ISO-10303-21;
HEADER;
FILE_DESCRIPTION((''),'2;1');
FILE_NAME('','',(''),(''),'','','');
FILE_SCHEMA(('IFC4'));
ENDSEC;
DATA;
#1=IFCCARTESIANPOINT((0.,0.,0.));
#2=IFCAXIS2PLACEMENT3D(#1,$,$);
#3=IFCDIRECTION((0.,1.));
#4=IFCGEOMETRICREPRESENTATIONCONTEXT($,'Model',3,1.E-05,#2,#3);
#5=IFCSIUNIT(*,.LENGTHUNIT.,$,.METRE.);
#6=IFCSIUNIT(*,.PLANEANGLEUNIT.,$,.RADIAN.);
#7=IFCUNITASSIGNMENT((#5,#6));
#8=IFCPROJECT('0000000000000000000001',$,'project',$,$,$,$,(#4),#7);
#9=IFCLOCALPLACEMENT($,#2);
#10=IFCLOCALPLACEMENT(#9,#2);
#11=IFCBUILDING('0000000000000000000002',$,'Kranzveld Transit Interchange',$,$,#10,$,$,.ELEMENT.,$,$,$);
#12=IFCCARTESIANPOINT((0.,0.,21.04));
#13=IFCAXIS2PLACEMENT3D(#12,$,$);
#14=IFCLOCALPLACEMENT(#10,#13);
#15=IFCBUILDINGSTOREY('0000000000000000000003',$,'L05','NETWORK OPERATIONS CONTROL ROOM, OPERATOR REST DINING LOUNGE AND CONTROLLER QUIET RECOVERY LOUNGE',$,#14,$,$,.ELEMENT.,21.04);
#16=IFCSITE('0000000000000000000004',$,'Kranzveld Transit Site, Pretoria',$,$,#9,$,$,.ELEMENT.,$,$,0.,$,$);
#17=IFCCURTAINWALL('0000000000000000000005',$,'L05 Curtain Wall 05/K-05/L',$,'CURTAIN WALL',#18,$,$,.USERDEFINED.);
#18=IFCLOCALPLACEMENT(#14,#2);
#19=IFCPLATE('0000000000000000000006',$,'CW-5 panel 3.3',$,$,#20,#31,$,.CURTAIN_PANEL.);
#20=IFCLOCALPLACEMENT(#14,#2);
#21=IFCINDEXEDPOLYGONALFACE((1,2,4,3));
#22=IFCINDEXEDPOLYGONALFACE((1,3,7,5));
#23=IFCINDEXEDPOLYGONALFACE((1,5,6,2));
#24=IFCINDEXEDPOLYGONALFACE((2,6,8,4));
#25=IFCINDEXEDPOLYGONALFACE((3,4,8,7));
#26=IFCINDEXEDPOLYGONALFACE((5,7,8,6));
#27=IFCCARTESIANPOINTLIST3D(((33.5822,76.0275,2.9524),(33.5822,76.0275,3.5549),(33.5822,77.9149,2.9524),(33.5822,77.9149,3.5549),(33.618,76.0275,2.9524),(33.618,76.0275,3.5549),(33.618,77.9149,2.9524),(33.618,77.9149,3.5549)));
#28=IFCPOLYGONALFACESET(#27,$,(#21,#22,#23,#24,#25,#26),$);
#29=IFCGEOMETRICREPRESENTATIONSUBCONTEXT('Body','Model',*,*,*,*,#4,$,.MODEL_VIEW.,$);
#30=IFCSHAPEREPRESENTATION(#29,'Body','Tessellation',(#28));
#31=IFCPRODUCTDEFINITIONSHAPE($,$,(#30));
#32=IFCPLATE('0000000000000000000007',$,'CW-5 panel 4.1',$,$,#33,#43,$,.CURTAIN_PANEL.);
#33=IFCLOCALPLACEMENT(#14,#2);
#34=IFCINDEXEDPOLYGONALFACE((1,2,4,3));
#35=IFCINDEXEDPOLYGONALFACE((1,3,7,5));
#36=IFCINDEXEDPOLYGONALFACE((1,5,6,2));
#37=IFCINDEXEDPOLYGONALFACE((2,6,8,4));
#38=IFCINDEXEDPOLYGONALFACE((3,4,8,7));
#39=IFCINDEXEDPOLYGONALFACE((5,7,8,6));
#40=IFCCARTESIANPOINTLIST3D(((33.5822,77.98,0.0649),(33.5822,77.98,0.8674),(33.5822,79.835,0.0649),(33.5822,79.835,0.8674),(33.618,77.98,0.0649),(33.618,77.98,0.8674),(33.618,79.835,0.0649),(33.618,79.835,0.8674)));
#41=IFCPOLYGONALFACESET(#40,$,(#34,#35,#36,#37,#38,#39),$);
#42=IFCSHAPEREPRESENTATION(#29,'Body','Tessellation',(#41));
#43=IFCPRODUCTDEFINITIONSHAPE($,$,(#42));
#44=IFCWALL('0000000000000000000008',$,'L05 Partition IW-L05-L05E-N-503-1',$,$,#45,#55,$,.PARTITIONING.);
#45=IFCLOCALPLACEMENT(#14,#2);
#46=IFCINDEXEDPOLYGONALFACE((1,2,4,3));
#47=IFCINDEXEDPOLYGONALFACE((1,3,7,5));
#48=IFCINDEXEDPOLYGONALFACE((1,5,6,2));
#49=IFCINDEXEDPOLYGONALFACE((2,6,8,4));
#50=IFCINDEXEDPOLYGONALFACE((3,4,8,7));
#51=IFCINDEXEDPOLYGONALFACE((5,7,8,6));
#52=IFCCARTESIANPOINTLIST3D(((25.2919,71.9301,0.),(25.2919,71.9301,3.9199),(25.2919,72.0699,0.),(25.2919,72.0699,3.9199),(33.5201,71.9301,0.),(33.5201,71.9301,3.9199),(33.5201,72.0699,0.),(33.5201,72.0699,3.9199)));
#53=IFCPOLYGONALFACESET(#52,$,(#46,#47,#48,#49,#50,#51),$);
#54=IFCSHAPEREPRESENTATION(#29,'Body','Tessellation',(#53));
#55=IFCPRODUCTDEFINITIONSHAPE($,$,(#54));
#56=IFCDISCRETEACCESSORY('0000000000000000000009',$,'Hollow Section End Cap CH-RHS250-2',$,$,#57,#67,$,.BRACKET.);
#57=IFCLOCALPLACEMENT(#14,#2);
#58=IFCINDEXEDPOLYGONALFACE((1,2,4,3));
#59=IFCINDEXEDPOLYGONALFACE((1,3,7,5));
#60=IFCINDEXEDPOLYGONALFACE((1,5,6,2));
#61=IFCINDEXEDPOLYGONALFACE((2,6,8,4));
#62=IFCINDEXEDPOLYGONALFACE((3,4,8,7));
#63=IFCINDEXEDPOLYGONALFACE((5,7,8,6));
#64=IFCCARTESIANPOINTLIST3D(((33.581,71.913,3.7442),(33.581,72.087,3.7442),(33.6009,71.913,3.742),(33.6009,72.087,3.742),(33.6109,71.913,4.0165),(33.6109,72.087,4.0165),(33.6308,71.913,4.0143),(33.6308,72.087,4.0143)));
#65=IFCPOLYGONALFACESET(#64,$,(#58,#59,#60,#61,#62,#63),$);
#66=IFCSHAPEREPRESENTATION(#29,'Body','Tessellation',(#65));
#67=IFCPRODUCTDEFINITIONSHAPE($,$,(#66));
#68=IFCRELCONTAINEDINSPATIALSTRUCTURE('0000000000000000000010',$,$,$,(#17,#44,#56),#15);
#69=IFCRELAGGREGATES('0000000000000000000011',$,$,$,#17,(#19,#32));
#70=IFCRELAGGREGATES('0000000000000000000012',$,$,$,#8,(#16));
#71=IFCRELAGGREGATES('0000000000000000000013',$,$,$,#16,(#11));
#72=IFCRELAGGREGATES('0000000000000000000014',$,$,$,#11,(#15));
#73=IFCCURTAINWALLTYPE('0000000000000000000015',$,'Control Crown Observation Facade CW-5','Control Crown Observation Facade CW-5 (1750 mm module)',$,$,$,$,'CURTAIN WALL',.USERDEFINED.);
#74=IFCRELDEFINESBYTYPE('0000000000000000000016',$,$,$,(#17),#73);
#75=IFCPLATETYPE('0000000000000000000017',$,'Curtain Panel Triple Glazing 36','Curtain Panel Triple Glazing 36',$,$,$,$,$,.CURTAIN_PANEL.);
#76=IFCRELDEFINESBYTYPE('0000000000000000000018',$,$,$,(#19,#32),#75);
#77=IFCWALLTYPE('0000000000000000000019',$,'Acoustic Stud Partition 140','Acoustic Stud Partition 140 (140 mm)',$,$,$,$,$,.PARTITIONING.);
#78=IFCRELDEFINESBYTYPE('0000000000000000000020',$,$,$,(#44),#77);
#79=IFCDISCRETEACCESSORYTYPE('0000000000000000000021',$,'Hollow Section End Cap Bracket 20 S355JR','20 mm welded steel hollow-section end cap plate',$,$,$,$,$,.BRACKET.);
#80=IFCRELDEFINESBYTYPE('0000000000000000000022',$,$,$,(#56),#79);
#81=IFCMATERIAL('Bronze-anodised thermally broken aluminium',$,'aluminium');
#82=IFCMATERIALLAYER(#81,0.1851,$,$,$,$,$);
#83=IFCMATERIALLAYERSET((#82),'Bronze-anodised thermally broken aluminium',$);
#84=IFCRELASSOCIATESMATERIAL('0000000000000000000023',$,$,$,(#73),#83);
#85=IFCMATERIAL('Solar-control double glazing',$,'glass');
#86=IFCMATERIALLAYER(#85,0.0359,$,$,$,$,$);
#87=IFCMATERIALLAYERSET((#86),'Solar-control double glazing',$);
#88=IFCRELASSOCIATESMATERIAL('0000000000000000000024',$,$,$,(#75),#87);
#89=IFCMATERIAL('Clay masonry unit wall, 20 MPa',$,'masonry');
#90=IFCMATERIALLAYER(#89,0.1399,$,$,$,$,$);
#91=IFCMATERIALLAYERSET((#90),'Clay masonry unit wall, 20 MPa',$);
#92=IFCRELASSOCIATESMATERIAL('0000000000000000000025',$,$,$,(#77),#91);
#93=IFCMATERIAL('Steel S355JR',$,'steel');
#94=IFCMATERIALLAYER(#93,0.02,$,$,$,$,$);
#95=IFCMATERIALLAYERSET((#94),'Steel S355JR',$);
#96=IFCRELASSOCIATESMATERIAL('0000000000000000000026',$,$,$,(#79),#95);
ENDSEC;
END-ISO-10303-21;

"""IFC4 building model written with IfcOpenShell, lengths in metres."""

from ifc_helpers import new_model, si_unit, direction, frame, frame_2d, origin, origin_2d, place, context, subcontext, project, spatial, rectangle, extrude, material, layer, layer_set, type_object, element, aggregate, save


model = new_model("IFC4")

# Units and contexts
model_context = context("Model", 3, precision=1e-05, world=origin(), true_north=direction((0.0, 1.0)))
body_context = subcontext(model_context, "Body", "Model", "MODEL_VIEW")
ifc_project = project(units=[si_unit("LENGTHUNIT", "METRE"), si_unit("PLANEANGLEUNIT", "RADIAN")], contexts=[model_context])

# Site, building, storey
site_placement = place(None, origin())
site = spatial("IfcSite", under=ifc_project, at=site_placement, Name="Kranzveld Transit Site, Pretoria", CompositionType="ELEMENT", RefElevation=0.0)
building_placement = place(site_placement, origin())
building = spatial("IfcBuilding", under=site, at=building_placement, Name="Kranzveld Transit Interchange", CompositionType="ELEMENT")
storey_placement = place(building_placement, frame((0.0, 0.0, 21.04)))
storey = spatial("IfcBuildingStorey", under=building, at=storey_placement, Name="L05", Description="NETWORK OPERATIONS CONTROL ROOM, OPERATOR REST DINING LOUNGE AND CONTROLLER QUIET RECOVERY LOUNGE", CompositionType="ELEMENT", Elevation=21.04)

# Shared definitions
ifc_material_1 = material(Name="Bronze-anodised thermally broken aluminium", Category="aluminium")
ifc_layer_1 = layer(ifc_material_1, 0.1851)
ifc_layer_set_1 = layer_set([ifc_layer_1], Name="Bronze-anodised thermally broken aluminium")
curtain_wall_type = type_object("IfcCurtainWallType", Name="Control Crown Observation Facade CW-5", Description="Control Crown Observation Facade CW-5 (1750 mm module)", ElementType="CURTAIN WALL", PredefinedType="USERDEFINED", material=ifc_layer_set_1)

# Curtain wall
curtain_wall_1_placement = place(storey_placement, origin())
curtain_wall_1 = element("IfcCurtainWall", 1, at=curtain_wall_1_placement, inside=storey, type_object=curtain_wall_type, Name="L05 Curtain Wall 05/K-05/L", ObjectType="CURTAIN WALL", PredefinedType="USERDEFINED")

# Plates
ifc_material_2 = material(Name="Solar-control double glazing", Category="glass")
ifc_layer_2 = layer(ifc_material_2, 0.0359)
ifc_layer_set_2 = layer_set([ifc_layer_2], Name="Solar-control double glazing")
plate_type = type_object("IfcPlateType", Name="Curtain Panel Triple Glazing 36", Description="Curtain Panel Triple Glazing 36", PredefinedType="CURTAIN_PANEL", material=ifc_layer_set_2)
plate_1_placement = place(storey_placement, frame((33.6001, 76.9712, 2.9524), z_axis=(0.0, 0.0, 1.0), x_axis=(0.0, 1.0, 0.0)))
plate_1 = element("IfcPlate", 2, at=plate_1_placement, type_object=plate_type, Name="CW-5 panel 3.3", PredefinedType="CURTAIN_PANEL", context=body_context, shape_type="SweptSolid", body=[
    extrude(rectangle(XDim=1.8875, YDim=0.0359, at=origin_2d()), origin(), (0.0, 0.0, 1.0), 0.6025),
])
plate_2_placement = place(storey_placement, frame((33.6001, 78.9075, 0.0649), z_axis=(0.0, 0.0, 1.0), x_axis=(0.0, 1.0, 0.0)))
plate_2 = element("IfcPlate", 3, at=plate_2_placement, type_object=plate_type, Name="CW-5 panel 4.1", PredefinedType="CURTAIN_PANEL", context=body_context, shape_type="SweptSolid", body=[
    extrude(rectangle(XDim=1.855, YDim=0.0359, at=origin_2d()), origin(), (0.0, 0.0, 1.0), 0.8025),
])
aggregate(curtain_wall_1, [plate_1, plate_2])

# Wall
ifc_material_3 = material(Name="Clay masonry unit wall, 20 MPa", Category="masonry")
ifc_layer_3 = layer(ifc_material_3, 0.1399)
ifc_layer_set_3 = layer_set([ifc_layer_3], Name="Clay masonry unit wall, 20 MPa")
wall_type = type_object("IfcWallType", Name="Acoustic Stud Partition 140", Description="Acoustic Stud Partition 140 (140 mm)", PredefinedType="PARTITIONING", material=ifc_layer_set_3)
wall_placement = place(storey_placement, frame((25.2917, 72.0, 0.0), z_axis=(0.0, 0.0, 1.0), x_axis=(1.0, 0.0, 0.0)))
element("IfcWall", 4, at=wall_placement, inside=storey, type_object=wall_type, Name="L05 Partition IW-L05-L05E-N-503-1", PredefinedType="PARTITIONING", context=body_context, shape_type="SweptSolid", body=[
    extrude(rectangle(XDim=8.2283, YDim=0.1399, at=frame_2d((4.1143, 0.0))), origin(), (0.0, 0.0, 1.0), 3.9199),
])

# Discrete accessory
ifc_material_4 = material(Name="Steel S355JR", Category="steel")
ifc_layer_4 = layer(ifc_material_4, 0.02)
ifc_layer_set_4 = layer_set([ifc_layer_4], Name="Steel S355JR")
discrete_accessory_type = type_object("IfcDiscreteAccessoryType", Name="Hollow Section End Cap Bracket 20 S355JR", Description="20 mm welded steel hollow-section end cap plate", PredefinedType="BRACKET", material=ifc_layer_set_4)
discrete_accessory_placement = place(storey_placement, frame((33.5959, 72.0, 3.8804), z_axis=(0.994031, 0.0, -0.109101), x_axis=(0.0, 1.0, 0.0)))
element("IfcDiscreteAccessory", 5, at=discrete_accessory_placement, inside=storey, type_object=discrete_accessory_type, Name="Hollow Section End Cap CH-RHS250-2", PredefinedType="BRACKET", context=body_context, shape_type="SweptSolid", body=[
    extrude(rectangle(XDim=0.1741, YDim=0.2739, at=origin_2d()), origin(), (0.0, 0.0, 1.0), 0.02),
])

save(model, "model.ifc")
